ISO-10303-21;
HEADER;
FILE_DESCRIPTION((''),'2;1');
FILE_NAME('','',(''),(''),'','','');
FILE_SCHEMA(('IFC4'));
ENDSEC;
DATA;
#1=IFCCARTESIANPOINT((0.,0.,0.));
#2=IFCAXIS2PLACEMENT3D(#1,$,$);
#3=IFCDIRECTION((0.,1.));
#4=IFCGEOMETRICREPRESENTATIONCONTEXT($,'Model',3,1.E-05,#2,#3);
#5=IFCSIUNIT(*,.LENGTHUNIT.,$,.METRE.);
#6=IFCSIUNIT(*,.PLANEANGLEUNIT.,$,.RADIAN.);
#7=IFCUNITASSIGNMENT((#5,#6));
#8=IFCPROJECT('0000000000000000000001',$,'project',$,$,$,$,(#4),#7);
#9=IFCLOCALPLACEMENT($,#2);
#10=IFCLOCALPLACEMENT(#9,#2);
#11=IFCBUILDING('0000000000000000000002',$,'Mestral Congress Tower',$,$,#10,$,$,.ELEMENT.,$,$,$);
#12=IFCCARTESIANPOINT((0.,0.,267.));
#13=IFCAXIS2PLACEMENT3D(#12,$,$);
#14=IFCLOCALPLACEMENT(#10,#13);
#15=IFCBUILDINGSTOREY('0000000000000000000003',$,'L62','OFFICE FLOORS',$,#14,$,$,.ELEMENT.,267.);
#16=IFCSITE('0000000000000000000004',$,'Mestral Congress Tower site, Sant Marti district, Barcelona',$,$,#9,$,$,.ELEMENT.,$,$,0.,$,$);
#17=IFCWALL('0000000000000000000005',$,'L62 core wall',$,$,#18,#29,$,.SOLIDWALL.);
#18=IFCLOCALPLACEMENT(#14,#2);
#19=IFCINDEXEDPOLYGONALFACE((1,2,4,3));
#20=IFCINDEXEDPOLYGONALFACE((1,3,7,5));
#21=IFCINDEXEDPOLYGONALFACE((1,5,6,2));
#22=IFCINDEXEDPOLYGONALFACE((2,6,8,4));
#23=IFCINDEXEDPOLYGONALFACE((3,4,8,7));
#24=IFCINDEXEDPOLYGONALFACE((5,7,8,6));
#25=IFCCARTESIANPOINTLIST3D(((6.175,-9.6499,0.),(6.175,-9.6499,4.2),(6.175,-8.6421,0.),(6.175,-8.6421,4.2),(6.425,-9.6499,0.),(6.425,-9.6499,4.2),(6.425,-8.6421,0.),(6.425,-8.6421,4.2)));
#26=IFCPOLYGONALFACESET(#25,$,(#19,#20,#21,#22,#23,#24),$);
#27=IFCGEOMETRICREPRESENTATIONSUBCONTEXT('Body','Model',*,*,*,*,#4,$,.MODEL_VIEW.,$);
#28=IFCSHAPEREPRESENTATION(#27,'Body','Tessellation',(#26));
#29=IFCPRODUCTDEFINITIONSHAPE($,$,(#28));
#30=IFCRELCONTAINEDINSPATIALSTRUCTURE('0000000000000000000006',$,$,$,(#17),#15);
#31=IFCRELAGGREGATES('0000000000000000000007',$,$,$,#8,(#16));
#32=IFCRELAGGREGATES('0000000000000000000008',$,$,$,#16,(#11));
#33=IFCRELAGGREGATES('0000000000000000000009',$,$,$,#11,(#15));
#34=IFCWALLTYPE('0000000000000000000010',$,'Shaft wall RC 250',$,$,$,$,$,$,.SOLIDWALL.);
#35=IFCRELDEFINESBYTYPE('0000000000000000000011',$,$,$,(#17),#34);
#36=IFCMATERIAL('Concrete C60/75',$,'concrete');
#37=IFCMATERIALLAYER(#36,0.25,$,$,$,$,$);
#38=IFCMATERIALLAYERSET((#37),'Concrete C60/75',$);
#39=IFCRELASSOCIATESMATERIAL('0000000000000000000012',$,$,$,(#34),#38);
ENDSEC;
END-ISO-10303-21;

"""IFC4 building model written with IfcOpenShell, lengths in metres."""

from ifc_helpers import new_model, si_unit, direction, frame, frame_2d, origin, place, context, subcontext, project, spatial, rectangle, extrude, material, layer, layer_set, type_object, element, save


model = new_model("IFC4")

# Units and contexts
model_context = context("Model", 3, precision=1e-05, world=origin(), true_north=direction((0.0, 1.0)))
body_context = subcontext(model_context, "Body", "Model", "MODEL_VIEW")
ifc_project = project(units=[si_unit("LENGTHUNIT", "METRE"), si_unit("PLANEANGLEUNIT", "RADIAN")], contexts=[model_context])

# Site, building, storey
site_placement = place(None, origin())
site = spatial("IfcSite", under=ifc_project, at=site_placement, Name="Mestral Congress Tower site, Sant Marti district, Barcelona", CompositionType="ELEMENT", RefElevation=0.0)
building_placement = place(site_placement, origin())
building = spatial("IfcBuilding", under=site, at=building_placement, Name="Mestral Congress Tower", CompositionType="ELEMENT")
storey_placement = place(building_placement, frame((0.0, 0.0, 267.0)))
storey = spatial("IfcBuildingStorey", under=building, at=storey_placement, Name="L62", Description="OFFICE FLOORS", CompositionType="ELEMENT", Elevation=267.0)

# Shared definitions
ifc_material_1 = material(Name="Concrete C60/75", Category="concrete")

# Wall
ifc_layer_1 = layer(ifc_material_1, 0.25)
ifc_layer_set_1 = layer_set([ifc_layer_1], Name="Concrete C60/75")
wall_type_1 = type_object("IfcWallType", Name="Shaft wall RC 250", PredefinedType="SOLIDWALL", material=ifc_layer_set_1)
wall_1_placement = place(storey_placement, frame((6.3, -9.6499, 0.0), z_axis=(0.0, 0.0, 1.0), x_axis=(0.0, 1.0, 0.0)))
element("IfcWall", 1, at=wall_1_placement, inside=storey, type_object=wall_type_1, Name="L62 core wall", PredefinedType="SOLIDWALL", context=body_context, shape_type="SweptSolid", body=[
    extrude(rectangle(XDim=1.0078, YDim=0.25, at=frame_2d((0.5039, 0.0))), origin(), (0.0, 0.0, 1.0), 4.2),
])

save(model, "model.ifc")
